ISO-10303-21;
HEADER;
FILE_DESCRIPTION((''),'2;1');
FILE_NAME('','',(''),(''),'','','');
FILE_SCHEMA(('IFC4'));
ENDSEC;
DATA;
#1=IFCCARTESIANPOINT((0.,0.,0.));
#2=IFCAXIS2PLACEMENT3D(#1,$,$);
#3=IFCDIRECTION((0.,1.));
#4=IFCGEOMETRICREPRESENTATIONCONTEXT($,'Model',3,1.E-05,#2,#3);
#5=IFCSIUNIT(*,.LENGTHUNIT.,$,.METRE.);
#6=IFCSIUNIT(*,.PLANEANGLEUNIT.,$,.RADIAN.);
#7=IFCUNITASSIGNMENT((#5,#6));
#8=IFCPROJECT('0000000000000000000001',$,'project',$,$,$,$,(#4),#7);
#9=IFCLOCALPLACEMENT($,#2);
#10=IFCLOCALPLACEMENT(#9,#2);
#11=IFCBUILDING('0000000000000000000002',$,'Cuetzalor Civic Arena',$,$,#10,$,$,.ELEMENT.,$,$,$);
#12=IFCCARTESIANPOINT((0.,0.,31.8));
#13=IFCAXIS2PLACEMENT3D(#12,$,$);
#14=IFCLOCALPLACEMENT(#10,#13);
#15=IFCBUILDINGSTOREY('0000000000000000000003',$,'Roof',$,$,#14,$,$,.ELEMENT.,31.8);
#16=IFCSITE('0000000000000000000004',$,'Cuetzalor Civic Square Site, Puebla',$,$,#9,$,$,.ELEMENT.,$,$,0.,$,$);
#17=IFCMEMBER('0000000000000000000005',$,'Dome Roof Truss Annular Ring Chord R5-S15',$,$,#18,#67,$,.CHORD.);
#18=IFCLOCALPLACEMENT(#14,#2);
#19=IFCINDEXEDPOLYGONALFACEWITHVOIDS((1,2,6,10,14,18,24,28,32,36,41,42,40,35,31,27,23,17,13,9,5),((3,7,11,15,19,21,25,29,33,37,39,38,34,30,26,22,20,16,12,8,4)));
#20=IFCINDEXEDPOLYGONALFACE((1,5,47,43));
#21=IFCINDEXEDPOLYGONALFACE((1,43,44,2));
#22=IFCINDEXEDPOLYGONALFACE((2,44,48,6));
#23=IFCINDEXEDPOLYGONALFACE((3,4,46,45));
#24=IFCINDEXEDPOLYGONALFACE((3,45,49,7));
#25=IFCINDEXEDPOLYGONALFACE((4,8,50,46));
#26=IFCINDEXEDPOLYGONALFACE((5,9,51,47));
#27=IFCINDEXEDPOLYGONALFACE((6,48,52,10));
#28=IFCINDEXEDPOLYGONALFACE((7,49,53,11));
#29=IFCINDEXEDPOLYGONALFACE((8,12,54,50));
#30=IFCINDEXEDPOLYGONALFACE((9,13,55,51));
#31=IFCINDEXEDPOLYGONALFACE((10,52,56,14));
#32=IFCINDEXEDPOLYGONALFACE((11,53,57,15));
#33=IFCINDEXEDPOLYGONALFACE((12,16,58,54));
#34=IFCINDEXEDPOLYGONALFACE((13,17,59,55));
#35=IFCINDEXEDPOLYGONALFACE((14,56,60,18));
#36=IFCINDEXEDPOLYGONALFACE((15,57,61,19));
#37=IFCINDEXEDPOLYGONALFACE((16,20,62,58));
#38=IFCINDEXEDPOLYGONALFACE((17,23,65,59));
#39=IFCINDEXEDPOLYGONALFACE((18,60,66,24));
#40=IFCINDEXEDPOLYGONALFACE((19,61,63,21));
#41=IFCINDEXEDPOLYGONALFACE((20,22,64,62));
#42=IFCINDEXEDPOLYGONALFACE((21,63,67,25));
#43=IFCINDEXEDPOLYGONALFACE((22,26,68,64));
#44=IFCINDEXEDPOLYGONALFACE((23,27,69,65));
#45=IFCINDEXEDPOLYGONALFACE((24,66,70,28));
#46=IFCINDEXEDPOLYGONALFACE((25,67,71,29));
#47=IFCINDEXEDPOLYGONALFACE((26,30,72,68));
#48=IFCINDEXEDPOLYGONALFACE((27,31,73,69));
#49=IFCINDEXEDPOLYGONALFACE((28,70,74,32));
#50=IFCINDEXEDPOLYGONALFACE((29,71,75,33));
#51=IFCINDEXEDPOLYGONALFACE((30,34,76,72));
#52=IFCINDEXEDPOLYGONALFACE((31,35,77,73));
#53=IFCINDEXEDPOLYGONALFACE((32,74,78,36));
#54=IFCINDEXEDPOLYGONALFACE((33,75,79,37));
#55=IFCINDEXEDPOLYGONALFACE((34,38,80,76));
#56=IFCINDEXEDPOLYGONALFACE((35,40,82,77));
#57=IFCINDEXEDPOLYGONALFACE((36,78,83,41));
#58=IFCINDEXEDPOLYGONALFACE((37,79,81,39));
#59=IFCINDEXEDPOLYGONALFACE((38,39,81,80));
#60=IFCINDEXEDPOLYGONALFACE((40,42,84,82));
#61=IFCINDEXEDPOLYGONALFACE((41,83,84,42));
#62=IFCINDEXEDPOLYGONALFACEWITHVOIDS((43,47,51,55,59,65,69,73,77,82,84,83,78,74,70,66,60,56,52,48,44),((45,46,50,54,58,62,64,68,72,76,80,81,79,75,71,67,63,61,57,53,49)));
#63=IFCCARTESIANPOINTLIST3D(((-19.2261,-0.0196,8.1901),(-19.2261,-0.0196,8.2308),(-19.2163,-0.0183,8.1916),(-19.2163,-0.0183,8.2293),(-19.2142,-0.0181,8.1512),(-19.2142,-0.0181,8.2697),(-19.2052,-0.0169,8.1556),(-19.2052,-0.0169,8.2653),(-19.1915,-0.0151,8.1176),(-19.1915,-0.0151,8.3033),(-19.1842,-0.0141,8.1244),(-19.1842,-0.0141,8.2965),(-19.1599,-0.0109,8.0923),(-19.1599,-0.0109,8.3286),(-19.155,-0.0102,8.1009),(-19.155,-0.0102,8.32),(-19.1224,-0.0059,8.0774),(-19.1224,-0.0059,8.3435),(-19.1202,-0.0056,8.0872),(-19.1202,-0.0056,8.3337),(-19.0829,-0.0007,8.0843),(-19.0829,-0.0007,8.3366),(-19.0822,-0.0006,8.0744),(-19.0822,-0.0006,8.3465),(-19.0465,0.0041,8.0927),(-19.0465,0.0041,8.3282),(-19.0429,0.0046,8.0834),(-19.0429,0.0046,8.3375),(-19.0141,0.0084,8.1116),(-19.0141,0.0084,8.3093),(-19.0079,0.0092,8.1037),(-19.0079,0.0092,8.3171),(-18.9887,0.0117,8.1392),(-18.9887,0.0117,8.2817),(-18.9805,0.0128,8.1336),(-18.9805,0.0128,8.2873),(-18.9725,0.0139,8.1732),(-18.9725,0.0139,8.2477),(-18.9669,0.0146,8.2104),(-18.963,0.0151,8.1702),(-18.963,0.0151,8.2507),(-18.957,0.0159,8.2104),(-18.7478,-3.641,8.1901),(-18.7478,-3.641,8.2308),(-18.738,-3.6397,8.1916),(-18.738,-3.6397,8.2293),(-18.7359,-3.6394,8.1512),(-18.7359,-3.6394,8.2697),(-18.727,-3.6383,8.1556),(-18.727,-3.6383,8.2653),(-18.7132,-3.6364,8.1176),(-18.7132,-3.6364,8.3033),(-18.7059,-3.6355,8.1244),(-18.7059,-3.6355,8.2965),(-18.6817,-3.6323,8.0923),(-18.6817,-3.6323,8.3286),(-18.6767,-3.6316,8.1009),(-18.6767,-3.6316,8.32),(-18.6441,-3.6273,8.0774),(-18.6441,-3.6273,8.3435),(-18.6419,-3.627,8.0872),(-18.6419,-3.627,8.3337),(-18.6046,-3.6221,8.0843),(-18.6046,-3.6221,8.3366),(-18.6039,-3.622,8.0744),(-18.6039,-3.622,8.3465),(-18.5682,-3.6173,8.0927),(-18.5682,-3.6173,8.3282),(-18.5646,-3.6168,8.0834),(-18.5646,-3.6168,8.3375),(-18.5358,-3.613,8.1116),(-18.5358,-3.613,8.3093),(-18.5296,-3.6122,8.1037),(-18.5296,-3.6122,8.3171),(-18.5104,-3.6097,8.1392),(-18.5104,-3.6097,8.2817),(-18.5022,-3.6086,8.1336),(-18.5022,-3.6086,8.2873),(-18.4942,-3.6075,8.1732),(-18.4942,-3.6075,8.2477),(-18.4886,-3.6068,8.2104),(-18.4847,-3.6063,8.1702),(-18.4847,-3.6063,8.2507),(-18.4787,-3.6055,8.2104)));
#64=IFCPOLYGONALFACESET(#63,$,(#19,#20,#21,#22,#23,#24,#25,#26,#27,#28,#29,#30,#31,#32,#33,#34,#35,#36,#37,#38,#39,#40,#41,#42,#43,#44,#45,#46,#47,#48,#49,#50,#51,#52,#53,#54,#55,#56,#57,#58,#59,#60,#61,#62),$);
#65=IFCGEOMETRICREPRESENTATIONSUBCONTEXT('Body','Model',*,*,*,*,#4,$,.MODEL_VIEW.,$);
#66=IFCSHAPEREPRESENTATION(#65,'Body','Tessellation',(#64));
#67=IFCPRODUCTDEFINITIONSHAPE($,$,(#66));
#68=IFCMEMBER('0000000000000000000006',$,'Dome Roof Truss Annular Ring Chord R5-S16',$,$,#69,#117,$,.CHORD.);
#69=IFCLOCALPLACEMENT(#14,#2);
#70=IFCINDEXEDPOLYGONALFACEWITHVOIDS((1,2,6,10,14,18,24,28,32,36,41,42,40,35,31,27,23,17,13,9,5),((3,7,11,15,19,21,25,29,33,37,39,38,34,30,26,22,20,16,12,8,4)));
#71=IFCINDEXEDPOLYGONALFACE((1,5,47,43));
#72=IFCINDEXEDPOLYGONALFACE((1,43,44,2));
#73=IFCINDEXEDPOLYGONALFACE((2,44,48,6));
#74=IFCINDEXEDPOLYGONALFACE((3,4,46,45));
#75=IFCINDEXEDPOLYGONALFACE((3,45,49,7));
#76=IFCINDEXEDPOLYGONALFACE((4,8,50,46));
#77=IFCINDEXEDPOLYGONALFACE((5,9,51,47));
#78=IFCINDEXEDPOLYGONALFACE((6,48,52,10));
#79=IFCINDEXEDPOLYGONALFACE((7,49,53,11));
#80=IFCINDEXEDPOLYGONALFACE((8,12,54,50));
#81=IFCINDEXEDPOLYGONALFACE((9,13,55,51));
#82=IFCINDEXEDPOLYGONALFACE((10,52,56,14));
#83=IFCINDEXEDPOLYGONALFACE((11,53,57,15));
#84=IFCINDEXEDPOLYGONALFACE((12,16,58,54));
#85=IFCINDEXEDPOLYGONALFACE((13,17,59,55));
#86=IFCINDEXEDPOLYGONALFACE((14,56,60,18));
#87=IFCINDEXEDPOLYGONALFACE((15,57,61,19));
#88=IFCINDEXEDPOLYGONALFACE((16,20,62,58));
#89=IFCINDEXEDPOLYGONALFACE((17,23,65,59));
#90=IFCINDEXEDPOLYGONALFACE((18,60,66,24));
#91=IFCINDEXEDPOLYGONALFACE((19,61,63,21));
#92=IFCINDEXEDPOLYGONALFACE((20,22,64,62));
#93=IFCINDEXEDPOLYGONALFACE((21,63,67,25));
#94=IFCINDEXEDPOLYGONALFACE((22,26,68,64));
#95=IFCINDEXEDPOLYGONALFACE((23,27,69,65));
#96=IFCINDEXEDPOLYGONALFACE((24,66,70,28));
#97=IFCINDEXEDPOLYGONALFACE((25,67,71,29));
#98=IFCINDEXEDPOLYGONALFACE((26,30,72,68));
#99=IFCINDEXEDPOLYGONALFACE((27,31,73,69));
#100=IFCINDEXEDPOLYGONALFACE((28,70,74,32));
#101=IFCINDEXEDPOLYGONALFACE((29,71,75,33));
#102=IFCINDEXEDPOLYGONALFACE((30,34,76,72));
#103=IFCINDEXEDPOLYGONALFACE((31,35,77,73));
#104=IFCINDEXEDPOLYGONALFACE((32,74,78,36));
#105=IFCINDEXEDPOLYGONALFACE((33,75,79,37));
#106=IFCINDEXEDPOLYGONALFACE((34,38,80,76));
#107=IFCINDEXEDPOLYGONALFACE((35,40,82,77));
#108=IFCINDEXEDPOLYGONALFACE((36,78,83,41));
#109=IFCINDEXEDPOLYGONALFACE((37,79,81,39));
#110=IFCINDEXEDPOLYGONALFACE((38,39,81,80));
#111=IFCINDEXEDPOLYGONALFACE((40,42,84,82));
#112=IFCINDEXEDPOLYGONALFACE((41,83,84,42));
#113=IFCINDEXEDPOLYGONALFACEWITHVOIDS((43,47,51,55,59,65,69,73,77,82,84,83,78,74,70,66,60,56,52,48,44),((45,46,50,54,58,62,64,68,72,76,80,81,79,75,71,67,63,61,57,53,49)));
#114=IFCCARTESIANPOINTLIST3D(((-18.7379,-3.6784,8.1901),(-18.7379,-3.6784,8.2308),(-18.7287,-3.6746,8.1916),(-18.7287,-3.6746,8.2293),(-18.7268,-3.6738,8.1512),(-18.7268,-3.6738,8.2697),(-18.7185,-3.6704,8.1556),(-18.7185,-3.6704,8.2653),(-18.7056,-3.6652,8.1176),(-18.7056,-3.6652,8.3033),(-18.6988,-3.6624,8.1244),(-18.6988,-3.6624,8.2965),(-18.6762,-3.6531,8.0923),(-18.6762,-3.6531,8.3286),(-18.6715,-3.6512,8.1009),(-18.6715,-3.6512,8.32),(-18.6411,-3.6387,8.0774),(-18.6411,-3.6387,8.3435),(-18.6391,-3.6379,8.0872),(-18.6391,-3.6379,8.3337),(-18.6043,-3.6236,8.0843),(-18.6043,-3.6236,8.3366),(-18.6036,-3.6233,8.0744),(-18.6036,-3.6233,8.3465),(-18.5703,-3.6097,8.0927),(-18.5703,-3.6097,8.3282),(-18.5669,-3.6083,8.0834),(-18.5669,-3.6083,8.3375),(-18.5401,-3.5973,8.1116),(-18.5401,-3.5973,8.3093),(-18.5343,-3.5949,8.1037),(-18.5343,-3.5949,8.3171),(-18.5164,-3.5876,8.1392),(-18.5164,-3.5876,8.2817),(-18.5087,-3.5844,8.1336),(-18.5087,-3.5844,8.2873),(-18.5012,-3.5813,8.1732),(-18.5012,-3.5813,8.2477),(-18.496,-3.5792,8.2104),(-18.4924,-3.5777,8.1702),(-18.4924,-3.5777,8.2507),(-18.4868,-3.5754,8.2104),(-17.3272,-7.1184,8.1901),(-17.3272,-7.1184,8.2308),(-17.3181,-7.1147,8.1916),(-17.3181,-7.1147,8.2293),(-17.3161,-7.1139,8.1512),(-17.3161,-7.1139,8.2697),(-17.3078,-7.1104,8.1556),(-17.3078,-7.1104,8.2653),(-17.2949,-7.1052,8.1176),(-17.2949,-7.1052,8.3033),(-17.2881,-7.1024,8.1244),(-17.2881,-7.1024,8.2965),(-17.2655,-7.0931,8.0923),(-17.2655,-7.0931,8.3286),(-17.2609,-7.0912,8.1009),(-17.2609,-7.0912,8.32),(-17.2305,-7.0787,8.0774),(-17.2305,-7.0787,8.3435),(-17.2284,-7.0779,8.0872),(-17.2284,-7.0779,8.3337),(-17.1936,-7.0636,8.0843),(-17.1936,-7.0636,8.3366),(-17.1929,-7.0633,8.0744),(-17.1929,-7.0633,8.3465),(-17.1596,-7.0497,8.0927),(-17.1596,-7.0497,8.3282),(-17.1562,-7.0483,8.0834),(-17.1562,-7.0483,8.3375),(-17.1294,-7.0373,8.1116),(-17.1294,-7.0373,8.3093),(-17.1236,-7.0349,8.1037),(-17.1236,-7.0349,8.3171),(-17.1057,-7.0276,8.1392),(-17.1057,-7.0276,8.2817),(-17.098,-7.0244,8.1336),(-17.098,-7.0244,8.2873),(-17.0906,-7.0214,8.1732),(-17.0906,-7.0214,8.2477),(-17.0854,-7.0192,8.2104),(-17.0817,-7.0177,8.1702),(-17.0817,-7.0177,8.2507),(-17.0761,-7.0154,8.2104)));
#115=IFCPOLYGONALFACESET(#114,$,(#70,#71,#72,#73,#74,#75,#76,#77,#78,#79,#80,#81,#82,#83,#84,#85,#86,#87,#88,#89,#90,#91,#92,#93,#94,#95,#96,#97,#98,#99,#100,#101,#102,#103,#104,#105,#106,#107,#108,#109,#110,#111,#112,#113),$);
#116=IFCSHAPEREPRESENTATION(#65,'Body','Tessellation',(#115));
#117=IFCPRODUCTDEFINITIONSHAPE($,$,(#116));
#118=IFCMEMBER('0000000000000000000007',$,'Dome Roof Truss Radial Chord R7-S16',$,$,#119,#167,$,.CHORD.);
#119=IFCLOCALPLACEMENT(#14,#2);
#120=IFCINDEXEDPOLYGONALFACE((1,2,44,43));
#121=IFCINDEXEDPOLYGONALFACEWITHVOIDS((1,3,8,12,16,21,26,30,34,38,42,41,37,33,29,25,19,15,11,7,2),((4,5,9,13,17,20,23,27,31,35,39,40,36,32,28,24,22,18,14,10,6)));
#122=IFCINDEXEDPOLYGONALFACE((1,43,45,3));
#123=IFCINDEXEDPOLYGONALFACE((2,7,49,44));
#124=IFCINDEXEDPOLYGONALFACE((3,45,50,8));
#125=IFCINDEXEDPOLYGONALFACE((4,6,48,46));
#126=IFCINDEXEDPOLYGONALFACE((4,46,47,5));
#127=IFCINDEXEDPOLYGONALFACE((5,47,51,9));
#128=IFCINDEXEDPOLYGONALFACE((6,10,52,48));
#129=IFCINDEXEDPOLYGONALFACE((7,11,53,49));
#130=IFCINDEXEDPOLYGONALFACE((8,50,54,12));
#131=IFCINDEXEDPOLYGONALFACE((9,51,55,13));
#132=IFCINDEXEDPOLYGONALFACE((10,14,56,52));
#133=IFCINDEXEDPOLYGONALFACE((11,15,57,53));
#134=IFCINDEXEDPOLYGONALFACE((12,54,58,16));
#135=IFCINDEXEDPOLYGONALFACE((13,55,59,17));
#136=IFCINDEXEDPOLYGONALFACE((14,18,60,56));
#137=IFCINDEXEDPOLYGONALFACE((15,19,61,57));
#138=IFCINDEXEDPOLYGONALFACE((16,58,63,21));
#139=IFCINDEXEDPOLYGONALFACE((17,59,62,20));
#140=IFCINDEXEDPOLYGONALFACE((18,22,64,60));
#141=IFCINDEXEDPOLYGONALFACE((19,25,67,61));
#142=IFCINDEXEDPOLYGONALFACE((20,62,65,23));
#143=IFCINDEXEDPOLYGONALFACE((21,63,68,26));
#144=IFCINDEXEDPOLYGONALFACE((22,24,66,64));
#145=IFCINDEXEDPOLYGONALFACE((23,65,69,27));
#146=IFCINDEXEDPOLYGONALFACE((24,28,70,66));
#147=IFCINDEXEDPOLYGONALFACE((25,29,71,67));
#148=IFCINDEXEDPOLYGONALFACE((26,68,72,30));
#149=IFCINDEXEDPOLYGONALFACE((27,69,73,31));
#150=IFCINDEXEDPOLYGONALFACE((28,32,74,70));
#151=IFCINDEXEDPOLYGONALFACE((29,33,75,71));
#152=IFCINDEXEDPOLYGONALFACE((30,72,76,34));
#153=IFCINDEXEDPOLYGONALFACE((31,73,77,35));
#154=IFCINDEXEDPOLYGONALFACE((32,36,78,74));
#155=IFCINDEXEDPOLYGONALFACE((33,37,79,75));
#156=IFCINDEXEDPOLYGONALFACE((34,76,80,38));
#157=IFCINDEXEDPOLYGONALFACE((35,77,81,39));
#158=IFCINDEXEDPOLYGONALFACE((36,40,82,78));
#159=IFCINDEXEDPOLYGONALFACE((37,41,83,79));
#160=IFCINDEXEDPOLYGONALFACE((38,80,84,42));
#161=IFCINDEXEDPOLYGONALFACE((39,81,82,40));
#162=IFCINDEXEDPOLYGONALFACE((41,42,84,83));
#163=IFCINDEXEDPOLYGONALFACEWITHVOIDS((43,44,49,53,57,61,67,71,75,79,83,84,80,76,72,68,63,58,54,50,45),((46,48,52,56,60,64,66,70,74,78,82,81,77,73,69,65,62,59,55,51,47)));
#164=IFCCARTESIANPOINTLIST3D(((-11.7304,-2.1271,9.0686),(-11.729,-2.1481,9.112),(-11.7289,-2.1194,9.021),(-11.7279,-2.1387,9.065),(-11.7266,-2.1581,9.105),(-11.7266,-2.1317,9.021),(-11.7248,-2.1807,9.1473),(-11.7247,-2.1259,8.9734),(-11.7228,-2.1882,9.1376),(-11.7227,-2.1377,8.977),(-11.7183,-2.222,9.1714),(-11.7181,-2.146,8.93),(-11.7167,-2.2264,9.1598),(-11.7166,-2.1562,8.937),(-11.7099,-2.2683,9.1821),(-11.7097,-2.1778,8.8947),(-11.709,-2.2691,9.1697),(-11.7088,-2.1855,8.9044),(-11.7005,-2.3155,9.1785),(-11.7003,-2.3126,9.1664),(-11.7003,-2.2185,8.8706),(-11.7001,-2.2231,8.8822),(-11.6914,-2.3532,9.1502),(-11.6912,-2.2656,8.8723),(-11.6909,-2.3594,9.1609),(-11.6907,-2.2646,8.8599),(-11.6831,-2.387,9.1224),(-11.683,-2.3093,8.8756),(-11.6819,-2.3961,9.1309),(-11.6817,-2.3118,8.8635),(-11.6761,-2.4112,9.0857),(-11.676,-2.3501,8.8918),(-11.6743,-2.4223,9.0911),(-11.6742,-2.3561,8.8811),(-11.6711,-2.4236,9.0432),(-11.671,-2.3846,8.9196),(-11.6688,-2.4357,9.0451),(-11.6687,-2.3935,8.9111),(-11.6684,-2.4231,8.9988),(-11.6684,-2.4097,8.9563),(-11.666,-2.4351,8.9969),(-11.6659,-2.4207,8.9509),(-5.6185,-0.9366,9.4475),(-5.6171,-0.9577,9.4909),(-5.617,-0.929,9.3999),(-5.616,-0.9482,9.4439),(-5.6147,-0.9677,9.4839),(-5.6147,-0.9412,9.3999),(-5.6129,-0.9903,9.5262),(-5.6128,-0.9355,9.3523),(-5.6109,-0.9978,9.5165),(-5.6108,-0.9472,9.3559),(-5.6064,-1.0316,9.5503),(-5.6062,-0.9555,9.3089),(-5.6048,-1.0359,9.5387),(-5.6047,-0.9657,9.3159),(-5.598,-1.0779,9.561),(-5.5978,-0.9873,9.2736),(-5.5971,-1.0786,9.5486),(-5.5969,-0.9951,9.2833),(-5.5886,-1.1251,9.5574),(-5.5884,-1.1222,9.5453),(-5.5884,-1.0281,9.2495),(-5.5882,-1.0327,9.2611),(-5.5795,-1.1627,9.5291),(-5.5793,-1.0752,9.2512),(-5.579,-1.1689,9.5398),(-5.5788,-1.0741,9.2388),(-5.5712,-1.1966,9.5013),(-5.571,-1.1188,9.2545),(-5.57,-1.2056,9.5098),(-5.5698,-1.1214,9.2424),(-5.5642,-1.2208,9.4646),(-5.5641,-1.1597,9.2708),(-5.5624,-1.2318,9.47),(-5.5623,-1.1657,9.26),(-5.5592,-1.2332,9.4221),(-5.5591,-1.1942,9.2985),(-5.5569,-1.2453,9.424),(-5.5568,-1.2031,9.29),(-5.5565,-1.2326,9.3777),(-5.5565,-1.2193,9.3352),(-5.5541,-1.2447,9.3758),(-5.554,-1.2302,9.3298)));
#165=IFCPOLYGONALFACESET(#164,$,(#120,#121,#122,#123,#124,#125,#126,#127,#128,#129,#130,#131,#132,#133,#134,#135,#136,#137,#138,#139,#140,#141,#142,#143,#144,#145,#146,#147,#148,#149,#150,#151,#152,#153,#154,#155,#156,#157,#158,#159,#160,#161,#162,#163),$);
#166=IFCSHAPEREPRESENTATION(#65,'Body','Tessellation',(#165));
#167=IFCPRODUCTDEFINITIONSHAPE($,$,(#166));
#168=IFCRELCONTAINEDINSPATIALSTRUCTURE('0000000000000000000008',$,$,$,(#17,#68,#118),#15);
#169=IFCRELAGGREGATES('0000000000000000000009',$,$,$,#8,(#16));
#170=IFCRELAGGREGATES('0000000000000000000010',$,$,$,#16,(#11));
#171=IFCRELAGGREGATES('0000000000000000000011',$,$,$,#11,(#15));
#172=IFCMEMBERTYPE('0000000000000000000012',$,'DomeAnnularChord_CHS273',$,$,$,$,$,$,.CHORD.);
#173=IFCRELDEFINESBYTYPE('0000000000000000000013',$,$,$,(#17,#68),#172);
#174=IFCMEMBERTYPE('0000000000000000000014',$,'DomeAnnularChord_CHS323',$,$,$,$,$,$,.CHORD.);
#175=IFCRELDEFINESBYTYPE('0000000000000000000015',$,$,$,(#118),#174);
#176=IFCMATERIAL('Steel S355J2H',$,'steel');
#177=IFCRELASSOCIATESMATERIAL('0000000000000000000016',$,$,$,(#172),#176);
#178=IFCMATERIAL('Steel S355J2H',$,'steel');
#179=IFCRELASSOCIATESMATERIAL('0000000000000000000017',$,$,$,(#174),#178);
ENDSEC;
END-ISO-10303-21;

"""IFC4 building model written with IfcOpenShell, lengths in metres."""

from ifc_helpers import new_model, si_unit, direction, frame, origin, origin_2d, place, context, subcontext, project, spatial, hollow_circle, extrude, material, material_profile, profile_set, type_object, element, save


model = new_model("IFC4")

# Units and contexts
model_context = context("Model", 3, precision=1e-05, world=origin(), true_north=direction((0.0, 1.0)))
body_context = subcontext(model_context, "Body", "Model", "MODEL_VIEW")
ifc_project = project(units=[si_unit("LENGTHUNIT", "METRE"), si_unit("PLANEANGLEUNIT", "RADIAN")], contexts=[model_context])

# Site, building, storey
site_placement = place(None, origin())
site = spatial("IfcSite", under=ifc_project, at=site_placement, Name="Cuetzalor Civic Square Site, Puebla", CompositionType="ELEMENT", RefElevation=0.0)
building_placement = place(site_placement, origin())
building = spatial("IfcBuilding", under=site, at=building_placement, Name="Cuetzalor Civic Arena", CompositionType="ELEMENT")
storey_placement = place(building_placement, frame((0.0, 0.0, 31.8)))
storey = spatial("IfcBuildingStorey", under=building, at=storey_placement, Name="Roof", CompositionType="ELEMENT", Elevation=31.8)

# Members
ifc_material_1 = material(Name="Steel S355J2H", Category="steel")
ifc_material_profile_1 = material_profile(ifc_material_1, hollow_circle(Radius=0.1365, WallThickness=0.01, at=origin_2d()), Name="CHS 273x10")
ifc_profile_set_1 = profile_set([ifc_material_profile_1], Name="Steel S355J2H")
member_type_1 = type_object("IfcMemberType", Name="DomeAnnularChord_CHS273", PredefinedType="CHORD", material=ifc_profile_set_1)
member_1_placement = place(storey_placement, frame((-19.0923, -0.002, 8.2104), z_axis=(0.130933, -0.991391, 0.0), x_axis=(0.991391, 0.130933, 0.0)))
element("IfcMember", 1, at=member_1_placement, inside=storey, type_object=member_type_1, Name="Dome Roof Truss Annular Ring Chord R5-S15", PredefinedType="CHORD", context=body_context, shape_type="SweptSolid", body=[
    extrude(hollow_circle(Radius=0.1365, WallThickness=0.01, at=origin_2d()), origin(), (0.0, 0.0, 1.0), 3.6528),
])
member_2_placement = place(storey_placement, frame((-18.613, -3.6272, 8.2104), z_axis=(0.379415, -0.925227, 0.0), x_axis=(0.925227, 0.379415, 0.0)))
element("IfcMember", 2, at=member_2_placement, inside=storey, type_object=member_type_1, Name="Dome Roof Truss Annular Ring Chord R5-S16", PredefinedType="CHORD", context=body_context, shape_type="SweptSolid", body=[
    extrude(hollow_circle(Radius=0.1365, WallThickness=0.01, at=origin_2d()), origin(), (0.0, 0.0, 1.0), 3.718),
])
ifc_material_2 = material(Name="Steel S355J2H", Category="steel")
ifc_material_profile_2 = material_profile(ifc_material_2, hollow_circle(Radius=0.1619, WallThickness=0.0125, at=origin_2d()), Name="CHS 323.9x12.5")
ifc_profile_set_2 = profile_set([ifc_material_profile_2], Name="Steel S355J2H")
member_type_2 = type_object("IfcMemberType", Name="DomeAnnularChord_CHS323", PredefinedType="CHORD", material=ifc_profile_set_2)
member_3_placement = place(storey_placement, frame((-11.698, -2.2783, 9.021), z_axis=(0.979742, 0.190829, 0.06074), x_axis=(-0.191182, 0.981555, 0.0)))
element("IfcMember", 3, at=member_3_placement, inside=storey, type_object=member_type_2, Name="Dome Roof Truss Radial Chord R7-S16", PredefinedType="CHORD", context=body_context, shape_type="SweptSolid", body=[
    extrude(hollow_circle(Radius=0.1619, WallThickness=0.0125, at=origin_2d()), origin(), (0.0, 0.0, 1.0), 6.2383),
])

save(model, "model.ifc")
